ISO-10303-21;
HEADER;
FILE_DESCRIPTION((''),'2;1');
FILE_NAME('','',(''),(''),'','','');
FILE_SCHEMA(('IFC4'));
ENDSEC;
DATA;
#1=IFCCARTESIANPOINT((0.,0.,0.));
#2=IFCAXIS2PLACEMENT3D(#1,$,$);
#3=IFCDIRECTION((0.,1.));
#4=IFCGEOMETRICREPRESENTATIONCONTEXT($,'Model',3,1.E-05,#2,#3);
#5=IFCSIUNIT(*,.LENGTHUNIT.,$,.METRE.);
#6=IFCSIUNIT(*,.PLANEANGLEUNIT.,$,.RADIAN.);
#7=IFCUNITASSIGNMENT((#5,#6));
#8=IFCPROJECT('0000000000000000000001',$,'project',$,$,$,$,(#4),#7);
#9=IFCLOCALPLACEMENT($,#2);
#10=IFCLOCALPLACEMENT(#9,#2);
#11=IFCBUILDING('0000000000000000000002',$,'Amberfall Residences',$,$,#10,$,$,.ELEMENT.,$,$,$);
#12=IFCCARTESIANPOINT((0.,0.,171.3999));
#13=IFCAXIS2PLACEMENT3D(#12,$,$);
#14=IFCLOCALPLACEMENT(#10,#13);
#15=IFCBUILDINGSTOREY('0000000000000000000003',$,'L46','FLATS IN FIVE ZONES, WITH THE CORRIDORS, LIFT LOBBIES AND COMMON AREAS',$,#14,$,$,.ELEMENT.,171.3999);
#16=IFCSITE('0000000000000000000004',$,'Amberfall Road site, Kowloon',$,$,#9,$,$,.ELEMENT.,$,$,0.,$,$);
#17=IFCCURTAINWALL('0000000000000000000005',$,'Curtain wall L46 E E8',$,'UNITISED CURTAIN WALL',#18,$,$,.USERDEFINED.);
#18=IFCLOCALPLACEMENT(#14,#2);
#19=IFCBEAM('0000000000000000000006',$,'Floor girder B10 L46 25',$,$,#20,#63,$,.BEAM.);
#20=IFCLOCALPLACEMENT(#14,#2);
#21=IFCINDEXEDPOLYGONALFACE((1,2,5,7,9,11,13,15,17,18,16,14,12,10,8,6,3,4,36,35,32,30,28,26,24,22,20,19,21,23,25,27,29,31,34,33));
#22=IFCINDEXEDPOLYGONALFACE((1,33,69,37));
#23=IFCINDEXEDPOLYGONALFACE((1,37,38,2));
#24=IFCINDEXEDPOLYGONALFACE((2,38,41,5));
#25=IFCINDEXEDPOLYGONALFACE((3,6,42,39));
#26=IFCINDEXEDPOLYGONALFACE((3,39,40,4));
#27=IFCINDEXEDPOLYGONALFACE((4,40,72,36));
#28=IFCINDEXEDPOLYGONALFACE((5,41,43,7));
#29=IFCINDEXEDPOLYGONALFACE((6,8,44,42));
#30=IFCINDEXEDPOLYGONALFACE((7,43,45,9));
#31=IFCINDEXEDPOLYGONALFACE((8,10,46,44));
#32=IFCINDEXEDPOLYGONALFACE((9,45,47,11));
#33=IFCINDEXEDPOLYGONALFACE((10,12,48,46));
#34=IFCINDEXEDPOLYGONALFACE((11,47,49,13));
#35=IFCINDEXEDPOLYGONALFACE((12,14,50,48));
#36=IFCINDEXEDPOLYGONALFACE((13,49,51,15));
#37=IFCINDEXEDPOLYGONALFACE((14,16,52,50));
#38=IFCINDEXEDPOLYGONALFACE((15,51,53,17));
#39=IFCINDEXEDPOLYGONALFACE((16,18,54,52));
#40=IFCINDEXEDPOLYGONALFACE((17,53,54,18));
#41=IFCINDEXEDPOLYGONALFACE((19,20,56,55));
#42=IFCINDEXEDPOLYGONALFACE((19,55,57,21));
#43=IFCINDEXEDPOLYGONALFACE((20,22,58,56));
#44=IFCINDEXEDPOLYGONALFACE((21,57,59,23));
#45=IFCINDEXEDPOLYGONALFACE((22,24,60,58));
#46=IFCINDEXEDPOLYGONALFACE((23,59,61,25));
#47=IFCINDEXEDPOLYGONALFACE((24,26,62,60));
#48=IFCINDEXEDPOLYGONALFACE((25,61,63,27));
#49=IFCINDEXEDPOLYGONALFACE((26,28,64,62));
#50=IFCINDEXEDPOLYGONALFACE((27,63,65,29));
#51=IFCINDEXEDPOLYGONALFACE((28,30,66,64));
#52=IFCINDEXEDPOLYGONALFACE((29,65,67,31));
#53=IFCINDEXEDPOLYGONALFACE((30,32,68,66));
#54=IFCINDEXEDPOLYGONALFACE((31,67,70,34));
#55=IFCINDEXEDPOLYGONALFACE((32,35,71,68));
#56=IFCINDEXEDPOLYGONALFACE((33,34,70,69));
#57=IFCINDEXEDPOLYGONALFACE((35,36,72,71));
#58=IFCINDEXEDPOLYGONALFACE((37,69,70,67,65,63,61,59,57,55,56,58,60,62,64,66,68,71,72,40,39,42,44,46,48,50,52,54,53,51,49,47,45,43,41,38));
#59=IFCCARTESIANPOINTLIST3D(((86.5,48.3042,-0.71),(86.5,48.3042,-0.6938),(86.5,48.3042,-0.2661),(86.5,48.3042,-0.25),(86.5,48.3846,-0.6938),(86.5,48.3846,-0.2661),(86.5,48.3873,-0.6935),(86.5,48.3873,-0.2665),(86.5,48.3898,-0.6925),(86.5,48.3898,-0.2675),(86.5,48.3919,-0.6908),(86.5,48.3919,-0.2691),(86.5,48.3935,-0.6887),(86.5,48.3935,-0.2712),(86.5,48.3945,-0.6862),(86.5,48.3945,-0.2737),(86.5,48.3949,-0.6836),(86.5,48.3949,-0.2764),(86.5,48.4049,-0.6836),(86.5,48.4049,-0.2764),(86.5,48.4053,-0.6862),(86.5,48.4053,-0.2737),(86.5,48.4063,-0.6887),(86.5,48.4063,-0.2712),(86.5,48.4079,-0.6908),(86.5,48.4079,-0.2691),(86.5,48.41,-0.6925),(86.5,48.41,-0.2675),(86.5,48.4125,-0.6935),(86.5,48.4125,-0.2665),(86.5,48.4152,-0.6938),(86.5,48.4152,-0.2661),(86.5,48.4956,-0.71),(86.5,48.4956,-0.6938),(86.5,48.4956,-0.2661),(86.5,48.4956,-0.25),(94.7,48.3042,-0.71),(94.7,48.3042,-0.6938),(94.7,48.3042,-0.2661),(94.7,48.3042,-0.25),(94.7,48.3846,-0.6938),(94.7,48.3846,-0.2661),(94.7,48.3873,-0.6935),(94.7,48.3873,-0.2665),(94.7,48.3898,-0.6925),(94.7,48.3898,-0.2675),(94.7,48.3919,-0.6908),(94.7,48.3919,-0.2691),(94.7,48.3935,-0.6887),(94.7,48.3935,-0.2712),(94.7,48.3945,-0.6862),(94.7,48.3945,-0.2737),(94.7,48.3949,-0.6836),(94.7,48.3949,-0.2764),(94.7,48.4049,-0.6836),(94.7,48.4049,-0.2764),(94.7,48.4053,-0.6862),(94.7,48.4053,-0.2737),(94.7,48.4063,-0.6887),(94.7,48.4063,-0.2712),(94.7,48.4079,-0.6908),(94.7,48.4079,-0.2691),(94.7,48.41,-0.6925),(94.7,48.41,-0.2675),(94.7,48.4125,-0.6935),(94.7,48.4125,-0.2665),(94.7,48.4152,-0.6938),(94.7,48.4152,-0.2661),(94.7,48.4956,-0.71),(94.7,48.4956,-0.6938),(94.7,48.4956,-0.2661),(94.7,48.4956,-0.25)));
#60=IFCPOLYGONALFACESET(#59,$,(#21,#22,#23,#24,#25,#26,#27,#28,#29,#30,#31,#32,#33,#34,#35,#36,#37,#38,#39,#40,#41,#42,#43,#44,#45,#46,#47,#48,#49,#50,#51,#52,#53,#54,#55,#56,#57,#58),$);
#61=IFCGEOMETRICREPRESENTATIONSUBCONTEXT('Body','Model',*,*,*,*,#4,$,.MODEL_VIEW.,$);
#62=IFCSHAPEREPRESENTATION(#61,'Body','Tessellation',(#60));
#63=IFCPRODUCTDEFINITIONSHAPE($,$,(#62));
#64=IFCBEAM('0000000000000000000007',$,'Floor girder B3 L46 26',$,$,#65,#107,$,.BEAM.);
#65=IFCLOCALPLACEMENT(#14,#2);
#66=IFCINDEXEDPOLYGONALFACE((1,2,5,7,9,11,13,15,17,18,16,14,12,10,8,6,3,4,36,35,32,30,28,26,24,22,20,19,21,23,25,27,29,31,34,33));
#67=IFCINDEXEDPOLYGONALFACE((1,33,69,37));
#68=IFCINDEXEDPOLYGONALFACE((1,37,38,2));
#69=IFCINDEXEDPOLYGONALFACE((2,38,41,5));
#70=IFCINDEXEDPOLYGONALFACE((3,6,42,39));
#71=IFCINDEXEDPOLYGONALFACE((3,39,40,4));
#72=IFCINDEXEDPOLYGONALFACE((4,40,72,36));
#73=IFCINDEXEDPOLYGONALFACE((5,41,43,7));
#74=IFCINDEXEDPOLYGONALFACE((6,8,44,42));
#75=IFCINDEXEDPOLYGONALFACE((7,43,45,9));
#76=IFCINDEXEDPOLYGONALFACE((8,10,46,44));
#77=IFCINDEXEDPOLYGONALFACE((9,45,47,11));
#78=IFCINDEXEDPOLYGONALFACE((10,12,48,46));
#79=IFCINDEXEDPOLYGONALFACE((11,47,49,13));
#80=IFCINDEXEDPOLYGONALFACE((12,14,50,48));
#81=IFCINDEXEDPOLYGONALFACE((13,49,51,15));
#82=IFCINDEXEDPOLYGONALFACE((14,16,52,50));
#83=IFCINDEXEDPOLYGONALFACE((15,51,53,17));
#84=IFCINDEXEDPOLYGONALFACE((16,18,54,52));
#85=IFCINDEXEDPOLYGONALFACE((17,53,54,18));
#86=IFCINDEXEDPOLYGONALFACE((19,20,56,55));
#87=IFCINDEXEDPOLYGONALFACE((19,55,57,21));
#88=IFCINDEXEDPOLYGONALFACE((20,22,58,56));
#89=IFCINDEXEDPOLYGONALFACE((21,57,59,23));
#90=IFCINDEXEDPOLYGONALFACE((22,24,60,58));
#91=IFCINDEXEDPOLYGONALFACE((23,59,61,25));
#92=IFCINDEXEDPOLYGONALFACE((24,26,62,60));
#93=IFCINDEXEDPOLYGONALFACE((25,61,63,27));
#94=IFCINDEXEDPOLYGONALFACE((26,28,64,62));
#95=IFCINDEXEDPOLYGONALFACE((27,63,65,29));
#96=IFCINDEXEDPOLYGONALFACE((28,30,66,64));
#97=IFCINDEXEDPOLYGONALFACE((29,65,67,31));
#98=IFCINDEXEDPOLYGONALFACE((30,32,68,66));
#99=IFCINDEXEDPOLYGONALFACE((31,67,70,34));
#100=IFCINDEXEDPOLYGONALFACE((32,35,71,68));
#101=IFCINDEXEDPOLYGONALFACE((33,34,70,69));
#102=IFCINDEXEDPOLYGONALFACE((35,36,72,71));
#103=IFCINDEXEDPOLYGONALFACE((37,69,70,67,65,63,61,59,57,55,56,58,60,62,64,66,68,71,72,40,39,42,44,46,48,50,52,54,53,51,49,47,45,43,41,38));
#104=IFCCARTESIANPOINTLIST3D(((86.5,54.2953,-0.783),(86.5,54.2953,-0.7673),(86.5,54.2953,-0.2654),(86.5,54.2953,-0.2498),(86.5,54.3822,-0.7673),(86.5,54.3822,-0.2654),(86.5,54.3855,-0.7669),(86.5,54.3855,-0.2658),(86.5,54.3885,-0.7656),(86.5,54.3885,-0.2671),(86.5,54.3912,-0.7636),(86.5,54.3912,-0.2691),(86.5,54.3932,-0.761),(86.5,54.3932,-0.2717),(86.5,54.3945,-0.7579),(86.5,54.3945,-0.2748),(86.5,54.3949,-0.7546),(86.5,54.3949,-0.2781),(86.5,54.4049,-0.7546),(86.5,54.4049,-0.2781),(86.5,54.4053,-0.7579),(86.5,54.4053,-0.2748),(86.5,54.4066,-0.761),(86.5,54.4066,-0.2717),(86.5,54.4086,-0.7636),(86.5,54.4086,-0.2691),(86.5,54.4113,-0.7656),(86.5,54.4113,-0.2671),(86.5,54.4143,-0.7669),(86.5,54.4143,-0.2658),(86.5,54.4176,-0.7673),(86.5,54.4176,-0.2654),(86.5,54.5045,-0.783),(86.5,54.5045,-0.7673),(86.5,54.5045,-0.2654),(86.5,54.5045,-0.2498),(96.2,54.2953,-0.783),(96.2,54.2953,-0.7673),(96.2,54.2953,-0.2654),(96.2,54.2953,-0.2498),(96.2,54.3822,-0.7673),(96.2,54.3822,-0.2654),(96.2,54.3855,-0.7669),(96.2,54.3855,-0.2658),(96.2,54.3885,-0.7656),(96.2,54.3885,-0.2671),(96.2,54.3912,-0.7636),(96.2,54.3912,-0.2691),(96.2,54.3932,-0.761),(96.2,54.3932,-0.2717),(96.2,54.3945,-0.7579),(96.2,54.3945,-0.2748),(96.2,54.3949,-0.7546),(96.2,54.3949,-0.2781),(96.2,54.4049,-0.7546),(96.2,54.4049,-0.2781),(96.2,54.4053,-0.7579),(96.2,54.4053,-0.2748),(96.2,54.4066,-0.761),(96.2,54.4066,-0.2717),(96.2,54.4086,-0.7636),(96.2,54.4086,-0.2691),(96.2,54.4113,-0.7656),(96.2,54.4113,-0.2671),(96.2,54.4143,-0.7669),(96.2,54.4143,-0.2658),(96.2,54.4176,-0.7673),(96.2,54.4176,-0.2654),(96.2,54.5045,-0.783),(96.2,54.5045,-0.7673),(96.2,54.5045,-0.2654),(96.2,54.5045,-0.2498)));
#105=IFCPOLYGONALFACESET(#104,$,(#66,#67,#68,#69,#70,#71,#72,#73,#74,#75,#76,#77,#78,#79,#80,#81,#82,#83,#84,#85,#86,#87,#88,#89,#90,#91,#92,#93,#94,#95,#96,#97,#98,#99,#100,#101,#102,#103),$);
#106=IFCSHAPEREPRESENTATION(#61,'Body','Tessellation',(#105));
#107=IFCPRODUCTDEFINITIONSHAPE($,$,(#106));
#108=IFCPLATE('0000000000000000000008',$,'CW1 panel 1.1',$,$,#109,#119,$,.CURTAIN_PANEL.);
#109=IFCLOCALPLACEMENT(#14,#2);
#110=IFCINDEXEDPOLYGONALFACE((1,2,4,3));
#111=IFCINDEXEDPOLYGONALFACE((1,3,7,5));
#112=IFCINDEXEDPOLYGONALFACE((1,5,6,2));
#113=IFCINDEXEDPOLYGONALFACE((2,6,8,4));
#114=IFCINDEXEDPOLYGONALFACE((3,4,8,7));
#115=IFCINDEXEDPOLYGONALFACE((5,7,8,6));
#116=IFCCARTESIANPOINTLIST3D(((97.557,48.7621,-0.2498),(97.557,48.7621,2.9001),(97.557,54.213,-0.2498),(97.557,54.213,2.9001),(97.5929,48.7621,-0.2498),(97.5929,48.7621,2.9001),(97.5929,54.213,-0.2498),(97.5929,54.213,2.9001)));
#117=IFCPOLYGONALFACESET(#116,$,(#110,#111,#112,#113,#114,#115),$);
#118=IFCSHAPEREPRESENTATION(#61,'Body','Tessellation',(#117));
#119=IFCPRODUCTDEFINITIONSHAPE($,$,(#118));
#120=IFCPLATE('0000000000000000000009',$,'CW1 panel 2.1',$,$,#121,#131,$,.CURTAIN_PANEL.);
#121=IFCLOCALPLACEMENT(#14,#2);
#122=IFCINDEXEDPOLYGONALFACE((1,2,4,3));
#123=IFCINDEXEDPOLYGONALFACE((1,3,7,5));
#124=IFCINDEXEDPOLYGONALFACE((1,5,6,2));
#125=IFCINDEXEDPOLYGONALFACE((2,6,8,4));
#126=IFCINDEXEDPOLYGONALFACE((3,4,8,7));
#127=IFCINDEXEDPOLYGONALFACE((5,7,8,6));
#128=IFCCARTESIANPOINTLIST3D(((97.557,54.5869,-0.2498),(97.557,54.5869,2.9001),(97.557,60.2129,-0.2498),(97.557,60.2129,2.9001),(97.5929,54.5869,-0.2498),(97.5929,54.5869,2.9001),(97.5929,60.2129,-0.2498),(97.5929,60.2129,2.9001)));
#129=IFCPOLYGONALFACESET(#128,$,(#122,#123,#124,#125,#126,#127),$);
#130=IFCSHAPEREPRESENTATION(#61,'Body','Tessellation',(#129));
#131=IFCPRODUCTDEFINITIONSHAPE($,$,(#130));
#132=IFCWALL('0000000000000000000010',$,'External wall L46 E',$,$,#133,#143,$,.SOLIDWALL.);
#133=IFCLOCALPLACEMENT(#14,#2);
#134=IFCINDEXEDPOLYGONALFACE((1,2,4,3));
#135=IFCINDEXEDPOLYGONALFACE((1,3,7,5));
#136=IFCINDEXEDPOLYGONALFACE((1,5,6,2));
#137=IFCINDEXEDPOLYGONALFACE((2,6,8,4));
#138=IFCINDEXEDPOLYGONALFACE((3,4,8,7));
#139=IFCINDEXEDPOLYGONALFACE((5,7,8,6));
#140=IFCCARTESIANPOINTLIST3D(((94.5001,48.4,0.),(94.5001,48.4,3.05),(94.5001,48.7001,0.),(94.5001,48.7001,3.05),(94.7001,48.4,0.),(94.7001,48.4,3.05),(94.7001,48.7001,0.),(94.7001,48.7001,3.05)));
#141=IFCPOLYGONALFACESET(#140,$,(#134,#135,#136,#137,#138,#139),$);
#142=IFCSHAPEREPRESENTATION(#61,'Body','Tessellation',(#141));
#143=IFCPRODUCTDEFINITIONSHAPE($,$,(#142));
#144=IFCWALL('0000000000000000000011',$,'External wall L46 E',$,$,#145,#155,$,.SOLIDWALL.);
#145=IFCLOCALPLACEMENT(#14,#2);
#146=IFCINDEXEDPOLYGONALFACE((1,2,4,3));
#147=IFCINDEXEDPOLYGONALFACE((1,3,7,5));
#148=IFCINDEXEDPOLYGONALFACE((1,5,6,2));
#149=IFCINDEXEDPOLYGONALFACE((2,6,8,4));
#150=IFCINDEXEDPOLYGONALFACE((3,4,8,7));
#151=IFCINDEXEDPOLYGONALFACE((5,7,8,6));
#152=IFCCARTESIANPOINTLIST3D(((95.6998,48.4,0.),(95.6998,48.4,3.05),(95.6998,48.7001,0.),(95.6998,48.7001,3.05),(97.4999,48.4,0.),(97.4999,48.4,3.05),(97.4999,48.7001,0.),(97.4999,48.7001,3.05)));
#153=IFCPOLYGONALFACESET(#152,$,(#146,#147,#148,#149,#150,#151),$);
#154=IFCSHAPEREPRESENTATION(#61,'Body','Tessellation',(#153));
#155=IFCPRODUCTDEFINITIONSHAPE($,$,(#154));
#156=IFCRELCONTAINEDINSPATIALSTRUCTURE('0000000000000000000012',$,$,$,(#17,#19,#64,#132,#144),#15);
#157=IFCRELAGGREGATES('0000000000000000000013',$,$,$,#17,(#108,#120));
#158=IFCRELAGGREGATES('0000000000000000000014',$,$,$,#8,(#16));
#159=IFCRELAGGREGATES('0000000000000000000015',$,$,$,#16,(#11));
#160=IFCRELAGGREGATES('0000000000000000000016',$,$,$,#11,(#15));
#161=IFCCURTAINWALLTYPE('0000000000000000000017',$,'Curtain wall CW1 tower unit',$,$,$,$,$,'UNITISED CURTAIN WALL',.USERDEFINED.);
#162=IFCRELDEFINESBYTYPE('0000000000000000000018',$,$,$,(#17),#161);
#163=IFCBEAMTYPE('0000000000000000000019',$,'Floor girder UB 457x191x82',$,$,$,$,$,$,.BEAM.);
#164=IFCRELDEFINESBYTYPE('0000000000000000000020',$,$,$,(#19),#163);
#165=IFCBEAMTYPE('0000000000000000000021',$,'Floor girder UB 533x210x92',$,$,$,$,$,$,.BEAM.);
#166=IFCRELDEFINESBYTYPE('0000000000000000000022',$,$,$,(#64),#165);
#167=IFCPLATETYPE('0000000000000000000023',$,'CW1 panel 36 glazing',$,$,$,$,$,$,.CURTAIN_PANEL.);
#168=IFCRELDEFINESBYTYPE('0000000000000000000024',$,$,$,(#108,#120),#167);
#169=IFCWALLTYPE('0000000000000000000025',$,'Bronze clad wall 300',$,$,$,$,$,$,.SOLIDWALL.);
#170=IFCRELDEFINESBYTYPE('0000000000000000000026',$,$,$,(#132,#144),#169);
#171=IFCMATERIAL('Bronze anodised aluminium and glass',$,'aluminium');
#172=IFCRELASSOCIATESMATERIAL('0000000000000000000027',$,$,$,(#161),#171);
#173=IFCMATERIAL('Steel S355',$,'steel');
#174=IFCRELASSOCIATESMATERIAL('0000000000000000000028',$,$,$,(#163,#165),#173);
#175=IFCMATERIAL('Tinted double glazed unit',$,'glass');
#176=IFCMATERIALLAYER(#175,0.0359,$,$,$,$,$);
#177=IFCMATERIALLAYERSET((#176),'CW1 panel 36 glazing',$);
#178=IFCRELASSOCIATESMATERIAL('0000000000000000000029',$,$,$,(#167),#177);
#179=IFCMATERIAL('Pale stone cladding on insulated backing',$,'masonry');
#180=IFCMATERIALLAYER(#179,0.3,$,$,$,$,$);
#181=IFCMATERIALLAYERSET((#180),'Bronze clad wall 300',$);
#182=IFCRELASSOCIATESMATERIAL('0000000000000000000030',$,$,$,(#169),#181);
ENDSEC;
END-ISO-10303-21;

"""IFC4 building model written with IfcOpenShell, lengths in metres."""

from ifc_helpers import new_model, si_unit, direction, frame, frame_2d, origin, origin_2d, place, context, subcontext, project, spatial, rectangle, i_section, extrude, material, layer, layer_set, material_profile, profile_set, type_object, element, aggregate, save


model = new_model("IFC4")

# Units and contexts
model_context = context("Model", 3, precision=1e-05, world=origin(), true_north=direction((0.0, 1.0)))
body_context = subcontext(model_context, "Body", "Model", "MODEL_VIEW")
ifc_project = project(units=[si_unit("LENGTHUNIT", "METRE"), si_unit("PLANEANGLEUNIT", "RADIAN")], contexts=[model_context])

# Site, building, storey
site_placement = place(None, origin())
site = spatial("IfcSite", under=ifc_project, at=site_placement, Name="Amberfall Road site, Kowloon", CompositionType="ELEMENT", RefElevation=0.0)
building_placement = place(site_placement, origin())
building = spatial("IfcBuilding", under=site, at=building_placement, Name="Amberfall Residences", CompositionType="ELEMENT")
storey_placement = place(building_placement, frame((0.0, 0.0, 171.3999)))
storey = spatial("IfcBuildingStorey", under=building, at=storey_placement, Name="L46", Description="FLATS IN FIVE ZONES, WITH THE CORRIDORS, LIFT LOBBIES AND COMMON AREAS", CompositionType="ELEMENT", Elevation=171.3999)

# Curtain wall
ifc_material_1 = material(Name="Bronze anodised aluminium and glass", Category="aluminium")
curtain_wall_type = type_object("IfcCurtainWallType", Name="Curtain wall CW1 tower unit", ElementType="UNITISED CURTAIN WALL", PredefinedType="USERDEFINED", material=ifc_material_1)
curtain_wall_placement = place(storey_placement, origin())
curtain_wall = element("IfcCurtainWall", 1, at=curtain_wall_placement, inside=storey, type_object=curtain_wall_type, Name="Curtain wall L46 E E8", ObjectType="UNITISED CURTAIN WALL", PredefinedType="USERDEFINED")

# Shared definitions
ifc_material_2 = material(Name="Steel S355", Category="steel")

# Beams
ifc_material_profile_1 = material_profile(ifc_material_2, i_section(OverallWidth=0.1914, OverallDepth=0.46, WebThickness=0.01, FlangeThickness=0.0161, FilletRadius=0.0103, at=origin_2d()), Name="UB 457x191x82")
ifc_profile_set_1 = profile_set([ifc_material_profile_1], Name="Steel S355")
beam_type_1 = type_object("IfcBeamType", Name="Floor girder UB 457x191x82", PredefinedType="BEAM", material=ifc_profile_set_1)
for number, where, z_axis, x_axis, name in (
    (2, (94.7, 48.3999, -0.48), (-1.0, 0.0, 0.0), (0.0, -1.0, 0.0), "Floor girder B10 L46 25"),
):
    element("IfcBeam", number, at=place(storey_placement, frame(where, z_axis=z_axis, x_axis=x_axis)), inside=storey, type_object=beam_type_1, Name=name, PredefinedType="BEAM", context=body_context, shape_type="SweptSolid", body=[
        extrude(i_section(OverallWidth=0.1914, OverallDepth=0.46, WebThickness=0.01, FlangeThickness=0.0161, FilletRadius=0.0103, at=origin_2d()), origin(), (0.0, 0.0, 1.0), 8.2),
    ])
ifc_material_profile_2 = material_profile(ifc_material_2, i_section(OverallWidth=0.2092, OverallDepth=0.5332, WebThickness=0.01, FlangeThickness=0.0156, FilletRadius=0.0127, at=origin_2d()), Name="UB 533x210x92")
ifc_profile_set_2 = profile_set([ifc_material_profile_2], Name="Steel S355")
beam_type_2 = type_object("IfcBeamType", Name="Floor girder UB 533x210x92", PredefinedType="BEAM", material=ifc_profile_set_2)
beam_1_placement = place(storey_placement, frame((96.2, 54.3999, -0.5164), z_axis=(-1.0, 0.0, 0.0), x_axis=(0.0, -1.0, 0.0)))
element("IfcBeam", 3, at=beam_1_placement, inside=storey, type_object=beam_type_2, Name="Floor girder B3 L46 26", PredefinedType="BEAM", context=body_context, shape_type="SweptSolid", body=[
    extrude(i_section(OverallWidth=0.2092, OverallDepth=0.5332, WebThickness=0.01, FlangeThickness=0.0156, FilletRadius=0.0127, at=origin_2d()), origin(), (0.0, 0.0, 1.0), 9.7),
])

# Plates
ifc_material_3 = material(Name="Tinted double glazed unit", Category="glass")
ifc_layer_1 = layer(ifc_material_3, 0.0359)
ifc_layer_set_1 = layer_set([ifc_layer_1], Name="CW1 panel 36 glazing")
plate_type = type_object("IfcPlateType", Name="CW1 panel 36 glazing", PredefinedType="CURTAIN_PANEL", material=ifc_layer_set_1)
plate_1_placement = place(storey_placement, frame((97.575, 51.4875, -0.2498), z_axis=(0.0, 0.0, 1.0), x_axis=(0.0, 1.0, 0.0)))
plate_1 = element("IfcPlate", 4, at=plate_1_placement, type_object=plate_type, Name="CW1 panel 1.1", PredefinedType="CURTAIN_PANEL", context=body_context, shape_type="SweptSolid", body=[
    extrude(rectangle(XDim=5.4509, YDim=0.0359, at=origin_2d()), origin(), (0.0, 0.0, 1.0), 3.1499),
])
plate_2_placement = place(storey_placement, frame((97.575, 57.3999, -0.2498), z_axis=(0.0, 0.0, 1.0), x_axis=(0.0, 1.0, 0.0)))
plate_2 = element("IfcPlate", 5, at=plate_2_placement, type_object=plate_type, Name="CW1 panel 2.1", PredefinedType="CURTAIN_PANEL", context=body_context, shape_type="SweptSolid", body=[
    extrude(rectangle(XDim=5.626, YDim=0.0359, at=origin_2d()), origin(), (0.0, 0.0, 1.0), 3.1499),
])
aggregate(curtain_wall, [plate_1, plate_2])

# Walls
ifc_material_4 = material(Name="Pale stone cladding on insulated backing", Category="masonry")
ifc_layer_2 = layer(ifc_material_4, 0.3)
ifc_layer_set_2 = layer_set([ifc_layer_2], Name="Bronze clad wall 300")
wall_type = type_object("IfcWallType", Name="Bronze clad wall 300", PredefinedType="SOLIDWALL", material=ifc_layer_set_2)
wall_1_placement = place(storey_placement, frame((94.5, 48.55, 0.0), z_axis=(0.0, 0.0, 1.0), x_axis=(1.0, 0.0, 0.0)))
element("IfcWall", 6, at=wall_1_placement, inside=storey, type_object=wall_type, Name="External wall L46 E", PredefinedType="SOLIDWALL", context=body_context, shape_type="SweptSolid", body=[
    extrude(rectangle(XDim=0.2, YDim=0.3, at=frame_2d((0.1001, 0.0))), origin(), (0.0, 0.0, 1.0), 3.05),
])
wall_2_placement = place(storey_placement, frame((95.7, 48.55, 0.0), z_axis=(0.0, 0.0, 1.0), x_axis=(1.0, 0.0, 0.0)))
element("IfcWall", 7, at=wall_2_placement, inside=storey, type_object=wall_type, Name="External wall L46 E", PredefinedType="SOLIDWALL", context=body_context, shape_type="SweptSolid", body=[
    extrude(rectangle(XDim=1.8, YDim=0.3, at=frame_2d((0.8999, 0.0))), origin(), (0.0, 0.0, 1.0), 3.05),
])

save(model, "model.ifc")
